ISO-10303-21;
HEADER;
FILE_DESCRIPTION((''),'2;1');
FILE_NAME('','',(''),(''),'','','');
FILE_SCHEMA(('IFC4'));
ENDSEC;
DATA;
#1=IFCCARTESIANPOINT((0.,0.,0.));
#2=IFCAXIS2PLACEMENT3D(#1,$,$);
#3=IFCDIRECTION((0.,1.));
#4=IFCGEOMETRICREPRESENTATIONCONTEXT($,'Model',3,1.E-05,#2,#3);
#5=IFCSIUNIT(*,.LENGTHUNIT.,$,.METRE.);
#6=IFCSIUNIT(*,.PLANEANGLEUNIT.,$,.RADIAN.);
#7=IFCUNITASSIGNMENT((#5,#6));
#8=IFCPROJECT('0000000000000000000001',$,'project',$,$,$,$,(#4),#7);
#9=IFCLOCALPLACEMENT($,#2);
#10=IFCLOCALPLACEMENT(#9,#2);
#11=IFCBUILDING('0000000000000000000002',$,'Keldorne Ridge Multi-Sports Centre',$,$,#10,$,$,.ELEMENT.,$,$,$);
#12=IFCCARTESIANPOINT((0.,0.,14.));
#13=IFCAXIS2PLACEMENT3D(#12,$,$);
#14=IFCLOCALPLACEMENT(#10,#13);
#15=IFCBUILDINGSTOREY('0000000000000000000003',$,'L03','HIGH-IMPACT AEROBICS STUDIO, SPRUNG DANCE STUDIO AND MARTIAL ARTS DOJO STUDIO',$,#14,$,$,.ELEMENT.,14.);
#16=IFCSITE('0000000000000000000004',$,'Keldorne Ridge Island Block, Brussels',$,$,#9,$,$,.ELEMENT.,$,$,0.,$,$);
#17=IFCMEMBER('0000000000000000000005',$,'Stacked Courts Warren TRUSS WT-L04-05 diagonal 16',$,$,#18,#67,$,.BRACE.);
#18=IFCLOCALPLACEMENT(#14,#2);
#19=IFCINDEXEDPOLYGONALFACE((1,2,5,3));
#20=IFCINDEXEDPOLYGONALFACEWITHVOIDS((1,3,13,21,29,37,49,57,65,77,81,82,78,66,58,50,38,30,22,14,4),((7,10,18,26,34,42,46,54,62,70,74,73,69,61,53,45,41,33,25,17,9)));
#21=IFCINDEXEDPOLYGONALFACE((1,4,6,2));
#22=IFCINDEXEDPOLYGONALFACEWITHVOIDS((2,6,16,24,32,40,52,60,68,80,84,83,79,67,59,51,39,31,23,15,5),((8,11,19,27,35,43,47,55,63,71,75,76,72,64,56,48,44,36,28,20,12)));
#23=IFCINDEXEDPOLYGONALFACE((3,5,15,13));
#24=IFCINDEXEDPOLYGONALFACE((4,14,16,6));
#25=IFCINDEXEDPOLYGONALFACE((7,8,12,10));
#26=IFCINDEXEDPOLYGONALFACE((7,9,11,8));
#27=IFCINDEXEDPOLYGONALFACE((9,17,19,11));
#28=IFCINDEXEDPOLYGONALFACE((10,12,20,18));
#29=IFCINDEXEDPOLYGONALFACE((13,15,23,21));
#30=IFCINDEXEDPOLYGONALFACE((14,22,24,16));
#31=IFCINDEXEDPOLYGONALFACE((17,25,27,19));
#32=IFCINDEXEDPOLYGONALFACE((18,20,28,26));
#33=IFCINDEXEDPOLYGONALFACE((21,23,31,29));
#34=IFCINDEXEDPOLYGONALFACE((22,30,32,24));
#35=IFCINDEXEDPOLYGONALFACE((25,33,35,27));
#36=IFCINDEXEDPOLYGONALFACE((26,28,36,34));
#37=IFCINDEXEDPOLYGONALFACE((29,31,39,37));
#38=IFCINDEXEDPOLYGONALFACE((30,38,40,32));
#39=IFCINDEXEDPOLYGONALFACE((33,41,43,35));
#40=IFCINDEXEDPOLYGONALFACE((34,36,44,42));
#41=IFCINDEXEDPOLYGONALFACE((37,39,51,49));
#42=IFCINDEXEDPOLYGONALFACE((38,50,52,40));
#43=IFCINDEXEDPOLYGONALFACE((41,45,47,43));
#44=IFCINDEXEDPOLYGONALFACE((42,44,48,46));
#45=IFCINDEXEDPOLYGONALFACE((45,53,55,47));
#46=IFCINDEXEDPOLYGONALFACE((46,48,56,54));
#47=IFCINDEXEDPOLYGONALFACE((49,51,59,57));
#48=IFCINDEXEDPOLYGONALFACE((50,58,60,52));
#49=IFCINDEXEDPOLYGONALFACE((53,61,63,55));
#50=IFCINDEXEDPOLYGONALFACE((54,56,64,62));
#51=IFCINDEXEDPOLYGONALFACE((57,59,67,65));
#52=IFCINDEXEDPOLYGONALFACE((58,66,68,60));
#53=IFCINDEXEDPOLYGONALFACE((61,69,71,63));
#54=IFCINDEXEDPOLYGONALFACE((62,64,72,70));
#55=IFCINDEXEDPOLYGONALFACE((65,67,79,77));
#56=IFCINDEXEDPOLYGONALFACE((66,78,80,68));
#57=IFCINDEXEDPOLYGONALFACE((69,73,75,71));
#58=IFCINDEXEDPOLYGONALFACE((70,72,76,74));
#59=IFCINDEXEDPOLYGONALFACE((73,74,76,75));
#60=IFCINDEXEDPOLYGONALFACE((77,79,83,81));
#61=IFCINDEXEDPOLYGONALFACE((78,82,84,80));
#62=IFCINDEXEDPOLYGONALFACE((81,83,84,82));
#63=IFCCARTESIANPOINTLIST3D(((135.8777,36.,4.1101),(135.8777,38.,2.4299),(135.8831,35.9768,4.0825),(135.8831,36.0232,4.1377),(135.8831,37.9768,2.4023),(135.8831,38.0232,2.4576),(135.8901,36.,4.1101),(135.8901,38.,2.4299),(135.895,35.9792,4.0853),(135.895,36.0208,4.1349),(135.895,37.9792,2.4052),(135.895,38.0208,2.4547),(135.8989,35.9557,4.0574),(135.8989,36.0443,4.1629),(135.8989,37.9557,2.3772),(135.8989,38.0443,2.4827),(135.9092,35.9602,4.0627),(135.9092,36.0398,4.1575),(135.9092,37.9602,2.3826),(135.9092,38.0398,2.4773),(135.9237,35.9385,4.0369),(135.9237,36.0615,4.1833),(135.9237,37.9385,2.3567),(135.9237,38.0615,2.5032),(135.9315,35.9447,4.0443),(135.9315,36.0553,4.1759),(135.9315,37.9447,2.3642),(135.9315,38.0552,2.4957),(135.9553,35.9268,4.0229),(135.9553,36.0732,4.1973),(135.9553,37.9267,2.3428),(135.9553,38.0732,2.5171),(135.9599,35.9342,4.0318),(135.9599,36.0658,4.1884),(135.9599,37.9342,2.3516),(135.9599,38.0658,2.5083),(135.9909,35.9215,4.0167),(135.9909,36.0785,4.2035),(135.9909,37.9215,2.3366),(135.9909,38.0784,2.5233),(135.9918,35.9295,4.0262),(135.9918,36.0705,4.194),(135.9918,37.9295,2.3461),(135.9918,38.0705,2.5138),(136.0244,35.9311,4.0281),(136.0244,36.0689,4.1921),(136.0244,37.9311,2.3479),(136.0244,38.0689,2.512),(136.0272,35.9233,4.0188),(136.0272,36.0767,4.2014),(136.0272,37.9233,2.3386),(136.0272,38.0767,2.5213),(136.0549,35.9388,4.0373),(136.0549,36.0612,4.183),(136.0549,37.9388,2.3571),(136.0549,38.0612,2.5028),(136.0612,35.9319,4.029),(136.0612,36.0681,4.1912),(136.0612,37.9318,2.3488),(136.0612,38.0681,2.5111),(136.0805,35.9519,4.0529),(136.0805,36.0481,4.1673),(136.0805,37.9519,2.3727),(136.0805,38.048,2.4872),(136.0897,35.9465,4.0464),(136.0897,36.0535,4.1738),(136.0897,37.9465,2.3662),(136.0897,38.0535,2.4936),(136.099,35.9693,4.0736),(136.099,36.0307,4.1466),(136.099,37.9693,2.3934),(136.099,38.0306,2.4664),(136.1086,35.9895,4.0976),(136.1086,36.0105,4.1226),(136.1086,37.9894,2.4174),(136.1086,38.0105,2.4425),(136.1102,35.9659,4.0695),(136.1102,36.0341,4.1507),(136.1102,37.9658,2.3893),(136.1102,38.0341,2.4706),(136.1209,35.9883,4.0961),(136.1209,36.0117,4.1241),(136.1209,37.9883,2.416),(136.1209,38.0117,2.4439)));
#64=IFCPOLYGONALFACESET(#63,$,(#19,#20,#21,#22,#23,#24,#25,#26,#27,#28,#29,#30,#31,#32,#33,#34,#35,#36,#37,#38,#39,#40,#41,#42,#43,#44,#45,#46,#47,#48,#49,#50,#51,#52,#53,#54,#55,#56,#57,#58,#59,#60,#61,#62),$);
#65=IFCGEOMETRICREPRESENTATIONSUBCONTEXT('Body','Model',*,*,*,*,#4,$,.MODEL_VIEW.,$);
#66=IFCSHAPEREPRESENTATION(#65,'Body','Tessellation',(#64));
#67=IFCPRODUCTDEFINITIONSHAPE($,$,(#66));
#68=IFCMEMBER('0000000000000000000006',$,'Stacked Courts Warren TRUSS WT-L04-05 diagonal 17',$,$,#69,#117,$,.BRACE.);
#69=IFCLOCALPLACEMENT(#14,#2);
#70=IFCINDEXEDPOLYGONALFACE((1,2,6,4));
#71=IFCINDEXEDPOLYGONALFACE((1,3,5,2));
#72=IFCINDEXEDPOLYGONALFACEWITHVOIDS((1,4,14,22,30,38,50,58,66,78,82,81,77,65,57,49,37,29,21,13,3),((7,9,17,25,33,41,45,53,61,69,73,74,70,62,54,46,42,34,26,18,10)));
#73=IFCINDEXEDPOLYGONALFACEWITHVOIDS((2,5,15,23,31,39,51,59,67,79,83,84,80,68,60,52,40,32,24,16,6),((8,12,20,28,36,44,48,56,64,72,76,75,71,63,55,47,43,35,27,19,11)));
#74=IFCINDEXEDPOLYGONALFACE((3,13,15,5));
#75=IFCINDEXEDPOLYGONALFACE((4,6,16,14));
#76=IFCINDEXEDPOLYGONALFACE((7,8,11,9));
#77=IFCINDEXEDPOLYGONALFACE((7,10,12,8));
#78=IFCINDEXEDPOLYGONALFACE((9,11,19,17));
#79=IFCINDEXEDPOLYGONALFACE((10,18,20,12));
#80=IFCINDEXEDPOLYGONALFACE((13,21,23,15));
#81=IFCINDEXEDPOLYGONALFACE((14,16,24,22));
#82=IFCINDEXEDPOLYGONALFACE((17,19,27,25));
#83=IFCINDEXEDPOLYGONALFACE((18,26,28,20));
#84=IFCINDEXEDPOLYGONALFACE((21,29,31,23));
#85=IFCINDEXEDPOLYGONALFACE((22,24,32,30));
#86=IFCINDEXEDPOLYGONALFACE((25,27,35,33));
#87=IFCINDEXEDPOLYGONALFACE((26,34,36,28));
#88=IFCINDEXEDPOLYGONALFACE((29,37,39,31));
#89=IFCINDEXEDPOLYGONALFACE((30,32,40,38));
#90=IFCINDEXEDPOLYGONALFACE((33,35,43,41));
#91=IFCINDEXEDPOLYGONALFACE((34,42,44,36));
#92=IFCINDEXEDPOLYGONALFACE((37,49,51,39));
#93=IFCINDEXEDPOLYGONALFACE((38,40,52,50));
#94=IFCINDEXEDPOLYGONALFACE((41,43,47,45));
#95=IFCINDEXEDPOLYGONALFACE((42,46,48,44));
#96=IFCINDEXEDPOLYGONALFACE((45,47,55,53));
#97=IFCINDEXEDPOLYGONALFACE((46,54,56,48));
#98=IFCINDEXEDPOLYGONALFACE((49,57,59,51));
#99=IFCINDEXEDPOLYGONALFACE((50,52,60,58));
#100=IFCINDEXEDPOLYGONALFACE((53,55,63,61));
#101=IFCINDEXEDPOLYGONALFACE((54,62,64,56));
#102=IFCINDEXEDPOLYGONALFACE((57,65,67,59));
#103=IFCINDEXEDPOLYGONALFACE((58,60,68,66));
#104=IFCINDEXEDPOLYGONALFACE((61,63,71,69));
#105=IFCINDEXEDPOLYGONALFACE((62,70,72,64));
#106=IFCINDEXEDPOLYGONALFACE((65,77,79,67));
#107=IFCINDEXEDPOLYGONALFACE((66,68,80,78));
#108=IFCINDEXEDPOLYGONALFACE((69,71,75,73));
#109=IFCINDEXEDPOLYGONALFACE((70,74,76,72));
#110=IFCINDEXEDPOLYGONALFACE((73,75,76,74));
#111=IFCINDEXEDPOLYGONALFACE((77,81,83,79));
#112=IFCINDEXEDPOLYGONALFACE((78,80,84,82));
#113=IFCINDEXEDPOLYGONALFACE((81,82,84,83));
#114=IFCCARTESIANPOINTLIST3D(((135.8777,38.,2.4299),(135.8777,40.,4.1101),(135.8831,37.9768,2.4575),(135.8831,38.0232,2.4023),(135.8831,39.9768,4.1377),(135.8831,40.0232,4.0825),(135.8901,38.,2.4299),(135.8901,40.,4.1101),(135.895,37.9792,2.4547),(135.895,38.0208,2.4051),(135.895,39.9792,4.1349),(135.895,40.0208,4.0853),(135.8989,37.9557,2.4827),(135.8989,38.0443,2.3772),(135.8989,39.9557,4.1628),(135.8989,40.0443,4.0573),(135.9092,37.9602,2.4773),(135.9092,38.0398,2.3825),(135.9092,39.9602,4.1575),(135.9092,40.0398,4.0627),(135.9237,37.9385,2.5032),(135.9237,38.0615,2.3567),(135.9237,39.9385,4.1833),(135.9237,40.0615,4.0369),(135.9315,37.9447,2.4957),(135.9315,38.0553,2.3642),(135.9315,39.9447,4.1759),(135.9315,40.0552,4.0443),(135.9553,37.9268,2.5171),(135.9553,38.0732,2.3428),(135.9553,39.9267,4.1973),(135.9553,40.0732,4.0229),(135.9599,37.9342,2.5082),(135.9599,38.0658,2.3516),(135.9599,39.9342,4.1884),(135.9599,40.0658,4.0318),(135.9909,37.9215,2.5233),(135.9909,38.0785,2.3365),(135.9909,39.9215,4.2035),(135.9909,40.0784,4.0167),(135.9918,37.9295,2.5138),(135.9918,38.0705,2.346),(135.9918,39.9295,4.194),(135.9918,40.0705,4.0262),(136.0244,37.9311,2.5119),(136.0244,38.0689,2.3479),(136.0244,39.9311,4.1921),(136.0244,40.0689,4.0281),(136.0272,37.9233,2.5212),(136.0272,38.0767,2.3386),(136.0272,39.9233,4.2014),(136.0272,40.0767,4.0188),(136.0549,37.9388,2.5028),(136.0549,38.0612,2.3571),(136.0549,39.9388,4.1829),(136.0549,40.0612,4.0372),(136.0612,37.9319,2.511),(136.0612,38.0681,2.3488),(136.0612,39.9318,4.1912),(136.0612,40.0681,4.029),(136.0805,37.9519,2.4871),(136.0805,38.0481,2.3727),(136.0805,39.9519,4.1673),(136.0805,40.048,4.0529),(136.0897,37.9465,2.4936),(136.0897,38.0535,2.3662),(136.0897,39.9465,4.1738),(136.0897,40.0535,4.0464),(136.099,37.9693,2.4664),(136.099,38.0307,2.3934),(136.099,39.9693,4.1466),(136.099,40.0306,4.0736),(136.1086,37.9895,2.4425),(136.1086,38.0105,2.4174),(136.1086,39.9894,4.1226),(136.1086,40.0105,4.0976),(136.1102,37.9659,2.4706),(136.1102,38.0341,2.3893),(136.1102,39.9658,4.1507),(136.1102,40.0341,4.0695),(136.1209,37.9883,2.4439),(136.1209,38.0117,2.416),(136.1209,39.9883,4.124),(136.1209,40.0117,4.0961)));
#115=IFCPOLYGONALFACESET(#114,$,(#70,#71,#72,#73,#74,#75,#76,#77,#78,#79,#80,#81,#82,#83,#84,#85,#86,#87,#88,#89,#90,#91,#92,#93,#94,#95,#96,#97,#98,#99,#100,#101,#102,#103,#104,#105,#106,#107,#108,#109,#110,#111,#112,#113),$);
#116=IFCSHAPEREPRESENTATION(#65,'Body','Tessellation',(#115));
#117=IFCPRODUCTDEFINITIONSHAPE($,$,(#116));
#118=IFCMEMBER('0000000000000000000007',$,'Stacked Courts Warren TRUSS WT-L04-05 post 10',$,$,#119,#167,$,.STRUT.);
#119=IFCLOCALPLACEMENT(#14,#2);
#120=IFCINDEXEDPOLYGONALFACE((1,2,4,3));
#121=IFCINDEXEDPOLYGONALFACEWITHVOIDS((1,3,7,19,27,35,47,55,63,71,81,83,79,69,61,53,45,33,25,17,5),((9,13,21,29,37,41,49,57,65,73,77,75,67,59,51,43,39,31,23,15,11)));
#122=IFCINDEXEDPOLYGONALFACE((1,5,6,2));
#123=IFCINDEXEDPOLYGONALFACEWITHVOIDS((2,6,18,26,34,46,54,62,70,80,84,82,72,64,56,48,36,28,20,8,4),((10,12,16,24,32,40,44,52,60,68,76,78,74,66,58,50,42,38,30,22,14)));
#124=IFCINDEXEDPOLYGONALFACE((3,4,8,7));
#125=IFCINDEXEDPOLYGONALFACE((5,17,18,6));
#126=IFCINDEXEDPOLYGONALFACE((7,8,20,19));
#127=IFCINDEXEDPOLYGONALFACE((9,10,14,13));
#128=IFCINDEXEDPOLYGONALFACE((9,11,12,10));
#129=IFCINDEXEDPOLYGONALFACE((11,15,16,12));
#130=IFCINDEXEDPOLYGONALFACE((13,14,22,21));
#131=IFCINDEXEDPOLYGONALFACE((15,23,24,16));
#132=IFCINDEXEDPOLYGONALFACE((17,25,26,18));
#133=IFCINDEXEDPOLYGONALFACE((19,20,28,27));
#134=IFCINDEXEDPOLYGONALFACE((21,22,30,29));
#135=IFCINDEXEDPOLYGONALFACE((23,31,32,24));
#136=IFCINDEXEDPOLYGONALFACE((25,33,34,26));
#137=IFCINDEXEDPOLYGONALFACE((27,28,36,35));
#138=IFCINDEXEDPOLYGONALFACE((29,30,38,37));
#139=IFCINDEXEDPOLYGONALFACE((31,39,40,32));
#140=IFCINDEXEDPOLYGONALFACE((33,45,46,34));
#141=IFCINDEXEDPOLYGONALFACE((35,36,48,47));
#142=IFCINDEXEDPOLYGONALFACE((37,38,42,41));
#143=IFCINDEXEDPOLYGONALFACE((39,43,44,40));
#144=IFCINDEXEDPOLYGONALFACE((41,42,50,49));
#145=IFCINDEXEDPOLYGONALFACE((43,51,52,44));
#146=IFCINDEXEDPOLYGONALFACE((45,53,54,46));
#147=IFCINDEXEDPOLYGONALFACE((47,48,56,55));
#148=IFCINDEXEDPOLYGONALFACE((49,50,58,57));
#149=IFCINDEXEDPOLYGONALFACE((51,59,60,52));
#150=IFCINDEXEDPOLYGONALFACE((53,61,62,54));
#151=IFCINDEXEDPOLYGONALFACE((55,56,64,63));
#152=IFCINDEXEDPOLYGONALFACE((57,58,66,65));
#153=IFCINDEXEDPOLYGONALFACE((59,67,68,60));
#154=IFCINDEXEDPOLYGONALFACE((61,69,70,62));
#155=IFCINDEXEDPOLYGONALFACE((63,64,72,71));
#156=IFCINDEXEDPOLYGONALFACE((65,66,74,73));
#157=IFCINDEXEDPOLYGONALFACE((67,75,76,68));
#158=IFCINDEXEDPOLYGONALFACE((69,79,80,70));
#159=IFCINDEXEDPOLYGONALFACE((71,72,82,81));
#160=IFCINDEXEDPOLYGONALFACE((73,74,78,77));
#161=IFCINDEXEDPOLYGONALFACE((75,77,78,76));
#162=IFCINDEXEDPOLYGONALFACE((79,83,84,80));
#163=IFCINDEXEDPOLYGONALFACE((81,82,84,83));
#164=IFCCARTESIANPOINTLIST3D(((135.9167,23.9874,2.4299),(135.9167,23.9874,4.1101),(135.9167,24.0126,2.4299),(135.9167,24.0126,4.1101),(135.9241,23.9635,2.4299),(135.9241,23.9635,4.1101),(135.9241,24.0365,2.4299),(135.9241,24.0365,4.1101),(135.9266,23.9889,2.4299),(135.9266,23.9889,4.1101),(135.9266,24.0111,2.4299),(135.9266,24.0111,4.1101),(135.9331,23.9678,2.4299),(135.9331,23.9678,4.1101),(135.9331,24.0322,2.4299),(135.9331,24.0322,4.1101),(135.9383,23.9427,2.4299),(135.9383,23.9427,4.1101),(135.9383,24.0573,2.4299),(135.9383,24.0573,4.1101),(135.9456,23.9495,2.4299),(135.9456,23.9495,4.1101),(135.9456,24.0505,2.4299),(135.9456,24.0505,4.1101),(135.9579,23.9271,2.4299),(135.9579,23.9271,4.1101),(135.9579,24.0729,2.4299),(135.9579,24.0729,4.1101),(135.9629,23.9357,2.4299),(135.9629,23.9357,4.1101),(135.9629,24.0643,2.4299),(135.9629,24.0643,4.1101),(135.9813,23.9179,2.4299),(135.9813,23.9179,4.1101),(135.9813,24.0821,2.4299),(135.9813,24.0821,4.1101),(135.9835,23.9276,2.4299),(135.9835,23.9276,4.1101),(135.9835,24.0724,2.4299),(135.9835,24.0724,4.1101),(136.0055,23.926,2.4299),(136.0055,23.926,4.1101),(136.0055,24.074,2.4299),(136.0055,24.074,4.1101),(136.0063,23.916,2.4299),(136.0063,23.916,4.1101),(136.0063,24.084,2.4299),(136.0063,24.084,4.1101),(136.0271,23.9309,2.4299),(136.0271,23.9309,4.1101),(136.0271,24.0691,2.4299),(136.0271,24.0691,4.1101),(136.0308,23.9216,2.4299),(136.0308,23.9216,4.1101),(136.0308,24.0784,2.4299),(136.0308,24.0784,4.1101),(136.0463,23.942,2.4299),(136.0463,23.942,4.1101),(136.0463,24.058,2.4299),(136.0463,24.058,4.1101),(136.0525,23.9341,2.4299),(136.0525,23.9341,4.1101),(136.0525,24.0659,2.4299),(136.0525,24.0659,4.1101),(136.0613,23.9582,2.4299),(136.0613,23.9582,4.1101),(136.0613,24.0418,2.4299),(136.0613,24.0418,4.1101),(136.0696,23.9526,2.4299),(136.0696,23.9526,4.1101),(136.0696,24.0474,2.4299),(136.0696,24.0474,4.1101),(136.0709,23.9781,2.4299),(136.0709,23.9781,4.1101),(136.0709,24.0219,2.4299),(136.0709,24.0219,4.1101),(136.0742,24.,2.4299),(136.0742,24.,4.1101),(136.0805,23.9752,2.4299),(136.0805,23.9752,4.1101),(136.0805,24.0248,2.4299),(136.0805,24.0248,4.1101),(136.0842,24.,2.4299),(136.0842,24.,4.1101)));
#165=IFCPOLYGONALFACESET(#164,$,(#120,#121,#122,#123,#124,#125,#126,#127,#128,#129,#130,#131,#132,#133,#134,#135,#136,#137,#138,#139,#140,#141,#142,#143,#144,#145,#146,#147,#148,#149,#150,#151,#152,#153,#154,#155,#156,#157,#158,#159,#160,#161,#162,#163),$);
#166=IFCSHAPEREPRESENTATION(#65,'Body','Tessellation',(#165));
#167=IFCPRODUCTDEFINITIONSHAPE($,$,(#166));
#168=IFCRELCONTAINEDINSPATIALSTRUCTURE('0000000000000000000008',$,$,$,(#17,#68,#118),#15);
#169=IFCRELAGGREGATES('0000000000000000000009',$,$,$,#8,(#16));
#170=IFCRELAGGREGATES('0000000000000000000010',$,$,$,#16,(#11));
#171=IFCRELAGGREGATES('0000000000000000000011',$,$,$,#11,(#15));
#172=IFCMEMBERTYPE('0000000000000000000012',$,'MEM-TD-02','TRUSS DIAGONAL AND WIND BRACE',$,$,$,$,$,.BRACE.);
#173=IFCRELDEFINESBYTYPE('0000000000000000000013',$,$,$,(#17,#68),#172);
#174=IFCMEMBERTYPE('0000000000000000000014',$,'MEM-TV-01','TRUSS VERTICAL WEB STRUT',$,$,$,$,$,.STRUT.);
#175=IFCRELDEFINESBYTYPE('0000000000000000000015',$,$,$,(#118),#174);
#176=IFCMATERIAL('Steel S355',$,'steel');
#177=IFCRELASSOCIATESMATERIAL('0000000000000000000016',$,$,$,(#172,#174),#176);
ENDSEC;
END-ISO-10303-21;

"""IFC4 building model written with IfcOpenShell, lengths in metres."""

from ifc_helpers import new_model, si_unit, direction, frame, origin, origin_2d, place, context, subcontext, project, spatial, hollow_circle, extrude, material, material_profile, profile_set, type_object, element, save


model = new_model("IFC4")

# Units and contexts
model_context = context("Model", 3, precision=1e-05, world=origin(), true_north=direction((0.0, 1.0)))
body_context = subcontext(model_context, "Body", "Model", "MODEL_VIEW")
ifc_project = project(units=[si_unit("LENGTHUNIT", "METRE"), si_unit("PLANEANGLEUNIT", "RADIAN")], contexts=[model_context])

# Site, building, storey
site_placement = place(None, origin())
site = spatial("IfcSite", under=ifc_project, at=site_placement, Name="Keldorne Ridge Island Block, Brussels", CompositionType="ELEMENT", RefElevation=0.0)
building_placement = place(site_placement, origin())
building = spatial("IfcBuilding", under=site, at=building_placement, Name="Keldorne Ridge Multi-Sports Centre", CompositionType="ELEMENT")
storey_placement = place(building_placement, frame((0.0, 0.0, 14.0)))
storey = spatial("IfcBuildingStorey", under=building, at=storey_placement, Name="L03", Description="HIGH-IMPACT AEROBICS STUDIO, SPRUNG DANCE STUDIO AND MARTIAL ARTS DOJO STUDIO", CompositionType="ELEMENT", Elevation=14.0)

# Members
ifc_material = material(Name="Steel S355", Category="steel")
ifc_material_profile_1 = material_profile(ifc_material, hollow_circle(Radius=0.1223, WallThickness=0.0125, at=origin_2d()), Name="CHS 244.5x12.5")
ifc_profile_set_1 = profile_set([ifc_material_profile_1], Name="Steel S355")
member_type_1 = type_object("IfcMemberType", Name="MEM-TD-02", Description="TRUSS DIAGONAL AND WIND BRACE", PredefinedType="BRACE", material=ifc_profile_set_1)
for number, where, z_axis, x_axis, name in (
    (1, (136.0, 36.0, 4.1101), (0.0, 0.765672, -0.643232), (-1.0, 0.0, 0.0), "Stacked Courts Warren TRUSS WT-L04-05 diagonal 16"),
    (2, (136.0, 38.0, 2.4299), (0.0, 0.765672, 0.643232), (-1.0, 0.0, 0.0), "Stacked Courts Warren TRUSS WT-L04-05 diagonal 17"),
):
    element("IfcMember", number, at=place(storey_placement, frame(where, z_axis=z_axis, x_axis=x_axis)), inside=storey, type_object=member_type_1, Name=name, PredefinedType="BRACE", context=body_context, shape_type="SweptSolid", body=[
        extrude(hollow_circle(Radius=0.1223, WallThickness=0.0125, at=origin_2d()), origin(), (0.0, 0.0, 1.0), 2.6121),
    ])
ifc_material_profile_2 = material_profile(ifc_material, hollow_circle(Radius=0.0842, WallThickness=0.01, at=origin_2d()), Name="CHS 168.3x10")
ifc_profile_set_2 = profile_set([ifc_material_profile_2], Name="Steel S355")
member_type_2 = type_object("IfcMemberType", Name="MEM-TV-01", Description="TRUSS VERTICAL WEB STRUT", PredefinedType="STRUT", material=ifc_profile_set_2)
for number, where, z_axis, x_axis, name in (
    (3, (136.0, 24.0, 2.4299), (0.0, 0.0, 1.0), (1.0, 0.0, 0.0), "Stacked Courts Warren TRUSS WT-L04-05 post 10"),
):
    element("IfcMember", number, at=place(storey_placement, frame(where, z_axis=z_axis, x_axis=x_axis)), inside=storey, type_object=member_type_2, Name=name, PredefinedType="STRUT", context=body_context, shape_type="SweptSolid", body=[
        extrude(hollow_circle(Radius=0.0842, WallThickness=0.01, at=origin_2d()), origin(), (0.0, 0.0, 1.0), 1.6802),
    ])

save(model, "model.ifc")
